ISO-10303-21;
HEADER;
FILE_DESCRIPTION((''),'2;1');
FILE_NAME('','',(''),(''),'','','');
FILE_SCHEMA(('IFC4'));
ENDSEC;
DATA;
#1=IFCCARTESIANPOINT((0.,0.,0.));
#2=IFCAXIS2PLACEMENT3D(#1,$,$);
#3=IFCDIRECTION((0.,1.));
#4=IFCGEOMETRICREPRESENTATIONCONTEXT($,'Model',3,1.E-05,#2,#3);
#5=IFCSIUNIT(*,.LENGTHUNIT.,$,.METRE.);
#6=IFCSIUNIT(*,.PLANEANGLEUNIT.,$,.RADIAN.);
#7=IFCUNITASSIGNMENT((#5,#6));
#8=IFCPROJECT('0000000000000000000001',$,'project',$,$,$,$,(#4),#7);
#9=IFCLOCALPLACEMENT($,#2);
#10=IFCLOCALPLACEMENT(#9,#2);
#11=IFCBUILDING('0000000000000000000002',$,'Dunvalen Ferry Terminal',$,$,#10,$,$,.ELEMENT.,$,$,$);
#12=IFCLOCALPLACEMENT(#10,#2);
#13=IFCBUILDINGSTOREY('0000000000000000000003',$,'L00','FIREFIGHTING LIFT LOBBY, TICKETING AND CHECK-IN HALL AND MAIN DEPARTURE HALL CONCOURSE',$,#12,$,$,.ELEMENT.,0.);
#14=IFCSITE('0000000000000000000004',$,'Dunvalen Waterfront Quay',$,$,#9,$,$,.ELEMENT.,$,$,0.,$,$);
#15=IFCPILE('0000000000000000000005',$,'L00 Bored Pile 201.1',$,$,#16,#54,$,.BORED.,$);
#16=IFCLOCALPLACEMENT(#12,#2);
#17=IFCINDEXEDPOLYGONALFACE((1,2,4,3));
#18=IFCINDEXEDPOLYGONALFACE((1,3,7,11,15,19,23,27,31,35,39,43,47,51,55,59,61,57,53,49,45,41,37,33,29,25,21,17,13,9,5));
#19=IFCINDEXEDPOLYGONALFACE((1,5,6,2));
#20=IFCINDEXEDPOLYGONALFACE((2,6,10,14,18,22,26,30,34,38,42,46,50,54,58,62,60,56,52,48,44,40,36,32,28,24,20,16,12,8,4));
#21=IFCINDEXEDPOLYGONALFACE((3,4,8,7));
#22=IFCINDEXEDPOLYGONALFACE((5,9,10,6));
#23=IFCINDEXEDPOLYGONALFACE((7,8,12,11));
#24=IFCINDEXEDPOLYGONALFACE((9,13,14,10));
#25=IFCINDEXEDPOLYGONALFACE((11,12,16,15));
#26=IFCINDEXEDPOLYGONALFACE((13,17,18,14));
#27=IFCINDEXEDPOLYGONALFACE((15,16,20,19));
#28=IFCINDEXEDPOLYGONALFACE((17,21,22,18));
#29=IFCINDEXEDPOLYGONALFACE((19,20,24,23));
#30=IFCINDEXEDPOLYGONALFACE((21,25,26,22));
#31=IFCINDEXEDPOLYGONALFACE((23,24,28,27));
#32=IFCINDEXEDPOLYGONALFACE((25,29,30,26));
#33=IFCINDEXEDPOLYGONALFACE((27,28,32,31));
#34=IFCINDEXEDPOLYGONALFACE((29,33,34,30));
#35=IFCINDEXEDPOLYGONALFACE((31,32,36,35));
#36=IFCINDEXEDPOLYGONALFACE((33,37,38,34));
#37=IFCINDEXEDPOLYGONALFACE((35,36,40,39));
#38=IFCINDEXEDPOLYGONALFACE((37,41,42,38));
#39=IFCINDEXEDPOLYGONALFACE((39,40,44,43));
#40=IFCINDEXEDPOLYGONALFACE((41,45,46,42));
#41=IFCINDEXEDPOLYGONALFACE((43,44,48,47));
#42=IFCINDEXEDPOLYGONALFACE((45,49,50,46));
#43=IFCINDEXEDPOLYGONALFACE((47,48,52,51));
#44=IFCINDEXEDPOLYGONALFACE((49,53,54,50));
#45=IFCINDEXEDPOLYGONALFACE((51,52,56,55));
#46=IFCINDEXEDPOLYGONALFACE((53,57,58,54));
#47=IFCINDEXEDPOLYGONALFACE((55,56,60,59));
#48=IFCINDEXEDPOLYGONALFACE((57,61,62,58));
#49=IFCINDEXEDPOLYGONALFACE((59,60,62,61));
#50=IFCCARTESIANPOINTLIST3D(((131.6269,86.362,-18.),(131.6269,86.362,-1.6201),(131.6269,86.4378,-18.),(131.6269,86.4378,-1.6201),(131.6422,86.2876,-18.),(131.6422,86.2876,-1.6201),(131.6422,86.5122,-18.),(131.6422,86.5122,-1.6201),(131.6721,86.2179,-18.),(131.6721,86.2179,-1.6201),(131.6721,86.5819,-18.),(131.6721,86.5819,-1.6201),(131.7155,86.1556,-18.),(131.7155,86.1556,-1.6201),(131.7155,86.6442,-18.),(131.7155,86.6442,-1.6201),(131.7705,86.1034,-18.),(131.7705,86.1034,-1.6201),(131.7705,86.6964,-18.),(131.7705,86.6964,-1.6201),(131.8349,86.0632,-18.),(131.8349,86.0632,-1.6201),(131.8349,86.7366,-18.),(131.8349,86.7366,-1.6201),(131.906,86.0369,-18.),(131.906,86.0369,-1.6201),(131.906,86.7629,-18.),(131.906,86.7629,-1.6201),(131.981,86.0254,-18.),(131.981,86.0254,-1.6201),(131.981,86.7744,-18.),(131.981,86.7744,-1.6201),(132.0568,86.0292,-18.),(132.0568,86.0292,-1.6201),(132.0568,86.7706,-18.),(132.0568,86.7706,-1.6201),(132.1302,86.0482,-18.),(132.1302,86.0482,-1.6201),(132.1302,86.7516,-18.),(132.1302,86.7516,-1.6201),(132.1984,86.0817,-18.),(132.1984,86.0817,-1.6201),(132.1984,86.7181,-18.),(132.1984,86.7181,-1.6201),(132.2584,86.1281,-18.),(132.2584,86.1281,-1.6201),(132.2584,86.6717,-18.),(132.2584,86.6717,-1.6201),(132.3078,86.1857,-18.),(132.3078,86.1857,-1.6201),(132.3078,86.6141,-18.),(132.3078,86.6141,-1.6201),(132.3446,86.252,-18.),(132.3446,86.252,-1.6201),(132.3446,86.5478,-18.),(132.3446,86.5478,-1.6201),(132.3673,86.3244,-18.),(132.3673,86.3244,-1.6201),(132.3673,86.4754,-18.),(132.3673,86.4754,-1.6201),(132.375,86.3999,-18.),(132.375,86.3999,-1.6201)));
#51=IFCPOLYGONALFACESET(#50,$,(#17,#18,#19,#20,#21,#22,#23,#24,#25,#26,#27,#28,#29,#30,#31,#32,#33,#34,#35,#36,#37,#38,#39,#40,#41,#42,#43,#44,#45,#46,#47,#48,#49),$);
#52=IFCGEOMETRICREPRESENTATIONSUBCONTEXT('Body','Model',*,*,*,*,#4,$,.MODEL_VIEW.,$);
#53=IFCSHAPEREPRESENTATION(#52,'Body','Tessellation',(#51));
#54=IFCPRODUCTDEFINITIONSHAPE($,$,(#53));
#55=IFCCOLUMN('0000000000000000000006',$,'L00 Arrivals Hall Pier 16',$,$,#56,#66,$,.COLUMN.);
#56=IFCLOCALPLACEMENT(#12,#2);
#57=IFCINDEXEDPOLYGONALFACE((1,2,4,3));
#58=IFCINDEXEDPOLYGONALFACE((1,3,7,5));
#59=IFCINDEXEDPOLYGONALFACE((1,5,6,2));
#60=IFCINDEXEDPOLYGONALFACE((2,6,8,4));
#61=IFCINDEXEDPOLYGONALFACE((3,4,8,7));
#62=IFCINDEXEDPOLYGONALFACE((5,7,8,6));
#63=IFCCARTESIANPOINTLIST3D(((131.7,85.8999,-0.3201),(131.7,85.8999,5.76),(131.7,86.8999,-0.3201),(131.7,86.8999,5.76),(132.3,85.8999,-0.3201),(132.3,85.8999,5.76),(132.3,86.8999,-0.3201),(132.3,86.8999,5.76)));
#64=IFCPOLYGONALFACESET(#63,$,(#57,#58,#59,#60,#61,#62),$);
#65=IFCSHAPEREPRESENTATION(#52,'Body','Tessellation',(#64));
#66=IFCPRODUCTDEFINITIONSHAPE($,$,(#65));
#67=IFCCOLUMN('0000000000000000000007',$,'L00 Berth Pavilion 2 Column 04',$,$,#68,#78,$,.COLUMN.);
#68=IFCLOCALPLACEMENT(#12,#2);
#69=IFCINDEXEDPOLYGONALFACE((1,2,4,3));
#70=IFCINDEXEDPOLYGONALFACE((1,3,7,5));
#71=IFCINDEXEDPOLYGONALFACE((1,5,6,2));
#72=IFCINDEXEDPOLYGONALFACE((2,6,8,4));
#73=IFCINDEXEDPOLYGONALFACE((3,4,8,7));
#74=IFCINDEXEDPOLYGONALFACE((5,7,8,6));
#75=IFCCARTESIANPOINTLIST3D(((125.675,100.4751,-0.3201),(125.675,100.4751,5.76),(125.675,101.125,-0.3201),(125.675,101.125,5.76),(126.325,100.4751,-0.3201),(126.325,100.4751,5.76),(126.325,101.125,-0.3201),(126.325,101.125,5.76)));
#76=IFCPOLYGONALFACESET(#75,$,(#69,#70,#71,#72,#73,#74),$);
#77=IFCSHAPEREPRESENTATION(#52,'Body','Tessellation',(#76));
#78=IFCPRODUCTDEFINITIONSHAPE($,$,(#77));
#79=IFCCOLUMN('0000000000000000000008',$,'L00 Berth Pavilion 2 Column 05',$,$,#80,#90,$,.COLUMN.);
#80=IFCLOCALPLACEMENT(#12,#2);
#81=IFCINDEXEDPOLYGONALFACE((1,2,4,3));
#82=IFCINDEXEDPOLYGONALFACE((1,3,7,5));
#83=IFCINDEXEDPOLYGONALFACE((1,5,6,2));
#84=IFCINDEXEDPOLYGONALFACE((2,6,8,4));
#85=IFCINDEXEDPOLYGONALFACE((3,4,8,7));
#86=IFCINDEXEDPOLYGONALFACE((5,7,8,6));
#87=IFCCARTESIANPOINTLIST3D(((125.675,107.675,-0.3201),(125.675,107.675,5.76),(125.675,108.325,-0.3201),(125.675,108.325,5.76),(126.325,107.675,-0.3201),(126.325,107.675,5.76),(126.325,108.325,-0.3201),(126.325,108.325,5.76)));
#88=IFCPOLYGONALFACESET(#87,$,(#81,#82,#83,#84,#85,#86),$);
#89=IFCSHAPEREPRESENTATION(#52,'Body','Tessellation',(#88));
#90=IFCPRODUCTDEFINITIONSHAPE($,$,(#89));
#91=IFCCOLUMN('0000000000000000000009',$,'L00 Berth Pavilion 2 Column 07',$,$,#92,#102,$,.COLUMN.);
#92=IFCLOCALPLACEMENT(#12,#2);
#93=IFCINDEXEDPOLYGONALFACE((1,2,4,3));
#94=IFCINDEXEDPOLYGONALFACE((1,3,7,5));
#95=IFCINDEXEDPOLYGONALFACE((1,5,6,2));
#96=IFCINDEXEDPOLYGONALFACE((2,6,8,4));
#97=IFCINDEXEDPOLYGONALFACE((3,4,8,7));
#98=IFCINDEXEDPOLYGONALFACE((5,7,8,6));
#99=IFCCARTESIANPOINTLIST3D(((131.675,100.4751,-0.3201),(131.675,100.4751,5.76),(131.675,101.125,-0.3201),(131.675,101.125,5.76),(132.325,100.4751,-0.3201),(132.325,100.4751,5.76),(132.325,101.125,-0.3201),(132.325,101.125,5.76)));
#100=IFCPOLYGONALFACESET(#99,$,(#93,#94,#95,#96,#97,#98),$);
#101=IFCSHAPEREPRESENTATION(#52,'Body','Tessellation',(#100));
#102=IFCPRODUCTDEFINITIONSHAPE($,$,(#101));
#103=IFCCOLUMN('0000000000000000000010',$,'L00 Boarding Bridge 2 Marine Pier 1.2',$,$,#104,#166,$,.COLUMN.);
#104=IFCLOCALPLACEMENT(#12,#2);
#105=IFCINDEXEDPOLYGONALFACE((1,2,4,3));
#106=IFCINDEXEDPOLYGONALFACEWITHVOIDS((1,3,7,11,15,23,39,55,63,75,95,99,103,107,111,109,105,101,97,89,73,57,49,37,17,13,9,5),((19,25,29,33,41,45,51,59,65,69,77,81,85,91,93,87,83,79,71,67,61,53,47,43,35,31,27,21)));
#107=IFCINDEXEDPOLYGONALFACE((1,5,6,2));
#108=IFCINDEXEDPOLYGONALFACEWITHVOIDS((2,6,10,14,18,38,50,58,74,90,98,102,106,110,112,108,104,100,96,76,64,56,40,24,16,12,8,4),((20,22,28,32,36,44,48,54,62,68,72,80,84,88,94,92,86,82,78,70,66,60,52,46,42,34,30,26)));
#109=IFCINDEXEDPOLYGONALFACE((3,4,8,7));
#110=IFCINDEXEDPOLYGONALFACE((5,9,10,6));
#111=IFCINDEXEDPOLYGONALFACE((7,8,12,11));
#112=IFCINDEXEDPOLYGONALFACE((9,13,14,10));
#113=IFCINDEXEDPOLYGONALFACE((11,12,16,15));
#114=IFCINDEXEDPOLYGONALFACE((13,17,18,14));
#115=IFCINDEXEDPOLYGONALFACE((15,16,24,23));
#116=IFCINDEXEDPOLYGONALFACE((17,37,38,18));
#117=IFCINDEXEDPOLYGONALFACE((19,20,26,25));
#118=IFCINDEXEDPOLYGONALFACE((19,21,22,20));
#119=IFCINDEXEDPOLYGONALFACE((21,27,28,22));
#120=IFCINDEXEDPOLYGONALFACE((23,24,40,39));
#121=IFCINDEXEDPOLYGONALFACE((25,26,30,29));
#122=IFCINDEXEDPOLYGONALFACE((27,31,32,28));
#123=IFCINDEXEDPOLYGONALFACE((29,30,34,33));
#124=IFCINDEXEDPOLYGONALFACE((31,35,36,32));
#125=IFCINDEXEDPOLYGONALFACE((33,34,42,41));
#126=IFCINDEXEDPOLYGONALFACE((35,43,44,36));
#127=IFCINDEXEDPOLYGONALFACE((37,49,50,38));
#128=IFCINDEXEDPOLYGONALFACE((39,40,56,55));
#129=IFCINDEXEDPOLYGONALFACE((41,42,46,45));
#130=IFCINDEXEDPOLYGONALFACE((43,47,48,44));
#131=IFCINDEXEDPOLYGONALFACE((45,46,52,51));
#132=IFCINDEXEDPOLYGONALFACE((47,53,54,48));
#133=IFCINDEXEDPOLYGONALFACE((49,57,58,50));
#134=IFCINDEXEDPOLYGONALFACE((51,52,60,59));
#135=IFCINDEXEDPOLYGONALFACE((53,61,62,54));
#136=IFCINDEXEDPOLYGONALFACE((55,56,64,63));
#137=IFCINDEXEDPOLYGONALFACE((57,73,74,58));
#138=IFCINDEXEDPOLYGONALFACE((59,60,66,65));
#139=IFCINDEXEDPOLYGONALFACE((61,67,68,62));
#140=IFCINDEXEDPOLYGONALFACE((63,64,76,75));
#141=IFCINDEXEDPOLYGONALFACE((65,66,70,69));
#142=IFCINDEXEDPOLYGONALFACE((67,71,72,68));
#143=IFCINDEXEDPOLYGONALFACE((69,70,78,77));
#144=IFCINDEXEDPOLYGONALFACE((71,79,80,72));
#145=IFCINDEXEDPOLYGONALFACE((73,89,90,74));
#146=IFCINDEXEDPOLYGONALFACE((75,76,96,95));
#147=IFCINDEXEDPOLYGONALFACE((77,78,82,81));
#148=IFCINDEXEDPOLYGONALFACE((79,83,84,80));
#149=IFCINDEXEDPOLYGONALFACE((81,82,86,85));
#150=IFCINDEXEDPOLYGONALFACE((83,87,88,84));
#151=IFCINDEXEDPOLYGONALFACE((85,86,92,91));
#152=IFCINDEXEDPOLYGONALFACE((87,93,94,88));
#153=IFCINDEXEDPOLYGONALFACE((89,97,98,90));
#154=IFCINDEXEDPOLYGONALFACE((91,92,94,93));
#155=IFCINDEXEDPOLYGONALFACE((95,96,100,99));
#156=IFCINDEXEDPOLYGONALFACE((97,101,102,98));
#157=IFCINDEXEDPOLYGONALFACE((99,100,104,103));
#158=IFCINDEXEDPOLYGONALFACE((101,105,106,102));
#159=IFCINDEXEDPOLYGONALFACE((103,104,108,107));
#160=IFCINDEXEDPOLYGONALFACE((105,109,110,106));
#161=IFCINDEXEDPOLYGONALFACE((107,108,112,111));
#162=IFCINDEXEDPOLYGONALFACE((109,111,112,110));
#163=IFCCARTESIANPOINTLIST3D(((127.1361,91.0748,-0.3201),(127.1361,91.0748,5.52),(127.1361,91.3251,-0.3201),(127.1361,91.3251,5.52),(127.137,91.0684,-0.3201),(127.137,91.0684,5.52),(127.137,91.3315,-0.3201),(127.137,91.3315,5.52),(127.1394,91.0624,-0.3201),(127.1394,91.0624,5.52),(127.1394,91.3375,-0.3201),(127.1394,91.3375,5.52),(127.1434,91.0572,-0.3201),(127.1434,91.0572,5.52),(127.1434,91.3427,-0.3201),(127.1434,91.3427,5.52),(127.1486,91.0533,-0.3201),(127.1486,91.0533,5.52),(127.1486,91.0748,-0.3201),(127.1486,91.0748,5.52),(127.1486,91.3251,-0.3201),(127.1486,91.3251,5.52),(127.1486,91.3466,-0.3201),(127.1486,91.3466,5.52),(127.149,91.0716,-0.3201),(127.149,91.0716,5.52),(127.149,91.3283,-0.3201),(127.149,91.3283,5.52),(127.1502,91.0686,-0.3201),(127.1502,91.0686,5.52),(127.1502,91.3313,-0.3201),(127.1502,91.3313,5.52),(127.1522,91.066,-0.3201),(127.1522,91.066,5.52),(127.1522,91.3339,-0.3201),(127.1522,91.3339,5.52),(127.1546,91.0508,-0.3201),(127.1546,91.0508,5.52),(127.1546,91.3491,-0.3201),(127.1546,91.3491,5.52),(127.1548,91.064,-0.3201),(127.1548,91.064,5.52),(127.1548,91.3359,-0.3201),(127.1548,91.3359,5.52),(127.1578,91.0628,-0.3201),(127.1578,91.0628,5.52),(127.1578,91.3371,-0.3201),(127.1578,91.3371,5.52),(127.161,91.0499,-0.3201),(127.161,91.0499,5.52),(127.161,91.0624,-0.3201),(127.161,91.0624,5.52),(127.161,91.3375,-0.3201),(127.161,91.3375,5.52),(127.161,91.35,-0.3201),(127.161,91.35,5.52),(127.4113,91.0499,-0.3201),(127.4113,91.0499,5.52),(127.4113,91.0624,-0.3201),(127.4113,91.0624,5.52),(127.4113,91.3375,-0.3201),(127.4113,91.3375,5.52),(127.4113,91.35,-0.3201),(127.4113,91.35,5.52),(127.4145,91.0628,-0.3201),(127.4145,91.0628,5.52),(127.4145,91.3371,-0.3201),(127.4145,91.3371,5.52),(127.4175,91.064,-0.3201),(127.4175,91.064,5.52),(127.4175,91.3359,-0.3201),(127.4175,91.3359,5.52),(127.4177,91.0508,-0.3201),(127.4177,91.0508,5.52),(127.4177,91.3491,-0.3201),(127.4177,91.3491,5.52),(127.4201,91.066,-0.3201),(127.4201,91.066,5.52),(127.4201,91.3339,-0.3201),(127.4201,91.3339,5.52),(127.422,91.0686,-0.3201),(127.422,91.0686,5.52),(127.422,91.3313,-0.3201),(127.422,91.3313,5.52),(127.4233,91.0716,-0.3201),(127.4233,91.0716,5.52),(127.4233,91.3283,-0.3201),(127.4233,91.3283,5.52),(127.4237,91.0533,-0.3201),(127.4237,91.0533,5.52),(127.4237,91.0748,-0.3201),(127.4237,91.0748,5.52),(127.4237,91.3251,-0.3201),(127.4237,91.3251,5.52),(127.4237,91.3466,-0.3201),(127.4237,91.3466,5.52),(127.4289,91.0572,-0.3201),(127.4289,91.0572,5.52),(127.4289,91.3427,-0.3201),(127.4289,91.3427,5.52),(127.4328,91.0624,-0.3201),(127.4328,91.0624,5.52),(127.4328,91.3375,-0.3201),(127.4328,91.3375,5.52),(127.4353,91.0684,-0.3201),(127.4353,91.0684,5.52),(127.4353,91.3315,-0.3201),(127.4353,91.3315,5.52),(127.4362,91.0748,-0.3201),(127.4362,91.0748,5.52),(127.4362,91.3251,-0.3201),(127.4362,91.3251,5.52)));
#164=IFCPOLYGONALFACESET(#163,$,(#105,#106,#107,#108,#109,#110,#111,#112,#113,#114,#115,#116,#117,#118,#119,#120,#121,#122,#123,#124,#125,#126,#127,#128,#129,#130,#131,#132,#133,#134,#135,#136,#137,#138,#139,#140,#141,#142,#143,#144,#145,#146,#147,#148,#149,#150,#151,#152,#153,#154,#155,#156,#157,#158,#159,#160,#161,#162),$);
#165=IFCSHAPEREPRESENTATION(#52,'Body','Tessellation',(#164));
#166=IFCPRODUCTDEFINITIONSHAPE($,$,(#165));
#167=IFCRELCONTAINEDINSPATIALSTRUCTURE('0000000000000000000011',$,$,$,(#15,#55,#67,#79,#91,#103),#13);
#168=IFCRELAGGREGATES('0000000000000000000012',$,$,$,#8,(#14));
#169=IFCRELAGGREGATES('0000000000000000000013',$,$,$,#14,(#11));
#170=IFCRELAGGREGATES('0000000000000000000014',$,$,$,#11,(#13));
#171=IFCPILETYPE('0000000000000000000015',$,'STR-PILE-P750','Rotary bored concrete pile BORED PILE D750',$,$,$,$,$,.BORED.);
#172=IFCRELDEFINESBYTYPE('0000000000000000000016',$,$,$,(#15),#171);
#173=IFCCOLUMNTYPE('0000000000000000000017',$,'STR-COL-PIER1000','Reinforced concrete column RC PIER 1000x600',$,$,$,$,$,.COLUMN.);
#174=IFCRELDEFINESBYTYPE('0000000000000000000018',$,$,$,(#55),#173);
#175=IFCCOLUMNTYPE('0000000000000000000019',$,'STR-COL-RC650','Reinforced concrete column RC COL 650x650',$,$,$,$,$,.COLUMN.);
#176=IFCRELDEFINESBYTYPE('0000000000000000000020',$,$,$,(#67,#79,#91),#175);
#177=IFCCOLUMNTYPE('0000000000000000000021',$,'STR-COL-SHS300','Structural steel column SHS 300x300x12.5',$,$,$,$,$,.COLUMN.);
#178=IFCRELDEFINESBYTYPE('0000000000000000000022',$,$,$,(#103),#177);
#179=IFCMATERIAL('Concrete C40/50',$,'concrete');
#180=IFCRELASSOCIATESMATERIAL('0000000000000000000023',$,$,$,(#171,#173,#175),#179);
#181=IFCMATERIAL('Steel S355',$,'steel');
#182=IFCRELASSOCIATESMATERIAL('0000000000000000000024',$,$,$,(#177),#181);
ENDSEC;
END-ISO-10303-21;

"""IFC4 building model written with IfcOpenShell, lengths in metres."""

from ifc_helpers import new_model, si_unit, direction, frame, origin, origin_2d, place, context, subcontext, project, spatial, rectangle, hollow_rectangle, circle, extrude, material, material_profile, profile_set, type_object, element, save


model = new_model("IFC4")

# Units and contexts
model_context = context("Model", 3, precision=1e-05, world=origin(), true_north=direction((0.0, 1.0)))
body_context = subcontext(model_context, "Body", "Model", "MODEL_VIEW")
ifc_project = project(units=[si_unit("LENGTHUNIT", "METRE"), si_unit("PLANEANGLEUNIT", "RADIAN")], contexts=[model_context])

# Site, building, storey
site_placement = place(None, origin())
site = spatial("IfcSite", under=ifc_project, at=site_placement, Name="Dunvalen Waterfront Quay", CompositionType="ELEMENT", RefElevation=0.0)
building_placement = place(site_placement, origin())
building = spatial("IfcBuilding", under=site, at=building_placement, Name="Dunvalen Ferry Terminal", CompositionType="ELEMENT")
storey_placement = place(building_placement, origin())
storey = spatial("IfcBuildingStorey", under=building, at=storey_placement, Name="L00", Description="FIREFIGHTING LIFT LOBBY, TICKETING AND CHECK-IN HALL AND MAIN DEPARTURE HALL CONCOURSE", CompositionType="ELEMENT", Elevation=0.0)

# Shared definitions
ifc_material_1 = material(Name="Concrete C40/50", Category="concrete")

# Pile
ifc_material_profile_1 = material_profile(ifc_material_1, circle(Radius=0.375, at=origin_2d()), Name="Concrete C40/50")
ifc_profile_set_1 = profile_set([ifc_material_profile_1], Name="Concrete C40/50")
pile_type = type_object("IfcPileType", Name="STR-PILE-P750", Description="Rotary bored concrete pile BORED PILE D750", PredefinedType="BORED", material=ifc_profile_set_1)
pile_1_placement = place(storey_placement, frame((132.0, 86.3999, -1.6201), z_axis=(0.0, 0.0, -1.0), x_axis=(1.0, 0.0, 0.0)))
element("IfcPile", 1, at=pile_1_placement, inside=storey, type_object=pile_type, Name="L00 Bored Pile 201.1", PredefinedType="BORED", context=body_context, shape_type="SweptSolid", body=[
    extrude(circle(Radius=0.375, at=origin_2d()), origin(), (0.0, 0.0, 1.0), 16.3799),
])

# Columns
ifc_material_profile_2 = material_profile(ifc_material_1, rectangle(XDim=0.6001, YDim=1.0, at=origin_2d()), Name="Concrete C40/50")
ifc_profile_set_2 = profile_set([ifc_material_profile_2], Name="Concrete C40/50")
column_type_1 = type_object("IfcColumnType", Name="STR-COL-PIER1000", Description="Reinforced concrete column RC PIER 1000x600", PredefinedType="COLUMN", material=ifc_profile_set_2)
column_placement = place(storey_placement, frame((132.0, 86.3999, -0.3201), z_axis=(0.0, 0.0, 1.0), x_axis=(1.0, 0.0, 0.0)))
element("IfcColumn", 2, at=column_placement, inside=storey, type_object=column_type_1, Name="L00 Arrivals Hall Pier 16", PredefinedType="COLUMN", context=body_context, shape_type="SweptSolid", body=[
    extrude(rectangle(XDim=0.6001, YDim=1.0, at=origin_2d()), origin(), (0.0, 0.0, 1.0), 6.0801),
])
ifc_material_profile_3 = material_profile(ifc_material_1, rectangle(XDim=0.6499, YDim=0.6499, at=origin_2d()), Name="Concrete C40/50")
ifc_profile_set_3 = profile_set([ifc_material_profile_3], Name="Concrete C40/50")
column_type_2 = type_object("IfcColumnType", Name="STR-COL-RC650", Description="Reinforced concrete column RC COL 650x650", PredefinedType="COLUMN", material=ifc_profile_set_3)
for number, where, z_axis, x_axis, name in (
    (3, (126.0, 100.8, -0.3201), (0.0, 0.0, 1.0), (1.0, 0.0, 0.0), "L00 Berth Pavilion 2 Column 04"),
    (4, (126.0, 108.0, -0.3201), (0.0, 0.0, 1.0), (1.0, 0.0, 0.0), "L00 Berth Pavilion 2 Column 05"),
    (5, (132.0, 100.8, -0.3201), (0.0, 0.0, 1.0), (1.0, 0.0, 0.0), "L00 Berth Pavilion 2 Column 07"),
):
    element("IfcColumn", number, at=place(storey_placement, frame(where, z_axis=z_axis, x_axis=x_axis)), inside=storey, type_object=column_type_2, Name=name, PredefinedType="COLUMN", context=body_context, shape_type="SweptSolid", body=[
        extrude(rectangle(XDim=0.6499, YDim=0.6499, at=origin_2d()), origin(), (0.0, 0.0, 1.0), 6.0801),
    ])
ifc_material_2 = material(Name="Steel S355", Category="steel")
ifc_material_profile_4 = material_profile(ifc_material_2, hollow_rectangle(XDim=0.3, YDim=0.3, WallThickness=0.0125, InnerFilletRadius=0.0125, OuterFilletRadius=0.0249, at=origin_2d()), Name="Steel S355")
ifc_profile_set_4 = profile_set([ifc_material_profile_4], Name="Steel S355")
column_type_3 = type_object("IfcColumnType", Name="STR-COL-SHS300", Description="Structural steel column SHS 300x300x12.5", PredefinedType="COLUMN", material=ifc_profile_set_4)
for number, where, z_axis, x_axis, name in (
    (6, (127.2861, 91.2, -0.3201), (0.0, 0.0, 1.0), (1.0, 0.0, 0.0), "L00 Boarding Bridge 2 Marine Pier 1.2"),
):
    element("IfcColumn", number, at=place(storey_placement, frame(where, z_axis=z_axis, x_axis=x_axis)), inside=storey, type_object=column_type_3, Name=name, PredefinedType="COLUMN", context=body_context, shape_type="SweptSolid", body=[
        extrude(hollow_rectangle(XDim=0.3, YDim=0.3, WallThickness=0.0125, InnerFilletRadius=0.0125, OuterFilletRadius=0.0249, at=origin_2d()), origin(), (0.0, 0.0, 1.0), 5.8401),
    ])

save(model, "model.ifc")
